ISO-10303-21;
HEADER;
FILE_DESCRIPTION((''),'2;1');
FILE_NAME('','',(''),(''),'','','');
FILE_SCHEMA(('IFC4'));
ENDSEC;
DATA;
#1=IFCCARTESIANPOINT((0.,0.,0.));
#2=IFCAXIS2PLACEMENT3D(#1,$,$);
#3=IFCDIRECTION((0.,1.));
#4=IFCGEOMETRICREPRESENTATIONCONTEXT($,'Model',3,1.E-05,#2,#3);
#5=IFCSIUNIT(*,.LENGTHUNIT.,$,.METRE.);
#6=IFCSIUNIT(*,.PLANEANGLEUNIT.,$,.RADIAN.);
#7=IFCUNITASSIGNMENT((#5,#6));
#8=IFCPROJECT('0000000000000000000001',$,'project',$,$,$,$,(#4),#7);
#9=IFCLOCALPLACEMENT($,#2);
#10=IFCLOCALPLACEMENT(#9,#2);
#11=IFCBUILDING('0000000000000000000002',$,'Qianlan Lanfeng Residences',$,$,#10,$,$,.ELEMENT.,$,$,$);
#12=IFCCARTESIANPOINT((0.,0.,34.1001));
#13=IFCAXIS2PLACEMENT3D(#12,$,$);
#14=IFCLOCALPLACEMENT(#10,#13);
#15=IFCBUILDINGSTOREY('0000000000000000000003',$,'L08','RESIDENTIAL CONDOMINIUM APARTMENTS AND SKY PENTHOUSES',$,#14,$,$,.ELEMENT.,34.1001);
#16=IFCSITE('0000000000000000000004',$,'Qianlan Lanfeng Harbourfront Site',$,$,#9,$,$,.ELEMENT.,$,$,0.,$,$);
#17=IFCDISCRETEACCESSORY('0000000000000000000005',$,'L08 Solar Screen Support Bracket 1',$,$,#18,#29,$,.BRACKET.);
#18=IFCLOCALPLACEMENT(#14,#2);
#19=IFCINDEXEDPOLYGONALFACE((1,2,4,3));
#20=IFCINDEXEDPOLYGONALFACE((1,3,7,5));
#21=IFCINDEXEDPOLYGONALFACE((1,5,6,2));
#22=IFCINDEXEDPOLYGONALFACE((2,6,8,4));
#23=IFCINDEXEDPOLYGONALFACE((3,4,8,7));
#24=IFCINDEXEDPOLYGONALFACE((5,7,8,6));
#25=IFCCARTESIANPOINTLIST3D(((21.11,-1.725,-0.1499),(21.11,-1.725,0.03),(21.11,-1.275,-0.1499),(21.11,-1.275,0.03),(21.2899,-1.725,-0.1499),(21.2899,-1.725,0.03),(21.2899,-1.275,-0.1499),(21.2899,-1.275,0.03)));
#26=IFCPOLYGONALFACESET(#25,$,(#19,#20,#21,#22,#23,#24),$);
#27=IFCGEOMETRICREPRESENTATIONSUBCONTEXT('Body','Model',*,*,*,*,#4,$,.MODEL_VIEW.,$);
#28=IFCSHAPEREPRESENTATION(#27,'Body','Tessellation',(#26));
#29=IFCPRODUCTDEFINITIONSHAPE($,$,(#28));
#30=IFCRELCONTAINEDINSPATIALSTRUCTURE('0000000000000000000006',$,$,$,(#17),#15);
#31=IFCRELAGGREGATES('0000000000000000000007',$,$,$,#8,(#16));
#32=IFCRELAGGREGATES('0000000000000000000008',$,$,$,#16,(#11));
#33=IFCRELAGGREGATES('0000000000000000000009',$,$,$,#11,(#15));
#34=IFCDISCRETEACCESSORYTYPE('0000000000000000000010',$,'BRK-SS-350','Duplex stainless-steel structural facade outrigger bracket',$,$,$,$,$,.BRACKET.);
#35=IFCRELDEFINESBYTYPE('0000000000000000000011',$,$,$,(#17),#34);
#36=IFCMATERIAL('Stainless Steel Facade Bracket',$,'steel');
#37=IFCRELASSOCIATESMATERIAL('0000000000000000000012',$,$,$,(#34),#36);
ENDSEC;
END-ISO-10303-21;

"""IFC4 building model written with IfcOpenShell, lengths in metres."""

from ifc_helpers import new_model, si_unit, direction, frame, origin, origin_2d, place, context, subcontext, project, spatial, rectangle, extrude, source, transform, mapped, material, type_object, element, save


model = new_model("IFC4")

# Units and contexts
model_context = context("Model", 3, precision=1e-05, world=origin(), true_north=direction((0.0, 1.0)))
body_context = subcontext(model_context, "Body", "Model", "MODEL_VIEW")
ifc_project = project(units=[si_unit("LENGTHUNIT", "METRE"), si_unit("PLANEANGLEUNIT", "RADIAN")], contexts=[model_context])

# Site, building, storey
site_placement = place(None, origin())
site = spatial("IfcSite", under=ifc_project, at=site_placement, Name="Qianlan Lanfeng Harbourfront Site", CompositionType="ELEMENT", RefElevation=0.0)
building_placement = place(site_placement, origin())
building = spatial("IfcBuilding", under=site, at=building_placement, Name="Qianlan Lanfeng Residences", CompositionType="ELEMENT")
storey_placement = place(building_placement, frame((0.0, 0.0, 34.1001)))
storey = spatial("IfcBuildingStorey", under=building, at=storey_placement, Name="L08", Description="RESIDENTIAL CONDOMINIUM APARTMENTS AND SKY PENTHOUSES", CompositionType="ELEMENT", Elevation=34.1001)

# Discrete accessory
ifc_material_1 = material(Name="Stainless Steel Facade Bracket", Category="steel")
discrete_accessory_type = type_object("IfcDiscreteAccessoryType", Name="BRK-SS-350", Description="Duplex stainless-steel structural facade outrigger bracket", PredefinedType="BRACKET", material=ifc_material_1)
shared_shape_1 = source(origin(), body_context, "Body", "SweptSolid", [
    extrude(rectangle(XDim=0.1799, YDim=0.45, at=origin_2d()), origin(), (0.0, 0.0, 1.0), 0.1799),
])
discrete_accessory_placement = place(storey_placement, frame((21.2, -1.5, -0.1499), z_axis=(0.0, 0.0, 1.0), x_axis=(1.0, 0.0, 0.0)))
element("IfcDiscreteAccessory", 1, at=discrete_accessory_placement, inside=storey, type_object=discrete_accessory_type, Name="L08 Solar Screen Support Bracket 1", PredefinedType="BRACKET", context=body_context, shape_type="MappedRepresentation", body=[
    mapped(shared_shape_1, transform((0.0, 0.0, 0.0), scale=1.0)),
])

save(model, "model.ifc")
